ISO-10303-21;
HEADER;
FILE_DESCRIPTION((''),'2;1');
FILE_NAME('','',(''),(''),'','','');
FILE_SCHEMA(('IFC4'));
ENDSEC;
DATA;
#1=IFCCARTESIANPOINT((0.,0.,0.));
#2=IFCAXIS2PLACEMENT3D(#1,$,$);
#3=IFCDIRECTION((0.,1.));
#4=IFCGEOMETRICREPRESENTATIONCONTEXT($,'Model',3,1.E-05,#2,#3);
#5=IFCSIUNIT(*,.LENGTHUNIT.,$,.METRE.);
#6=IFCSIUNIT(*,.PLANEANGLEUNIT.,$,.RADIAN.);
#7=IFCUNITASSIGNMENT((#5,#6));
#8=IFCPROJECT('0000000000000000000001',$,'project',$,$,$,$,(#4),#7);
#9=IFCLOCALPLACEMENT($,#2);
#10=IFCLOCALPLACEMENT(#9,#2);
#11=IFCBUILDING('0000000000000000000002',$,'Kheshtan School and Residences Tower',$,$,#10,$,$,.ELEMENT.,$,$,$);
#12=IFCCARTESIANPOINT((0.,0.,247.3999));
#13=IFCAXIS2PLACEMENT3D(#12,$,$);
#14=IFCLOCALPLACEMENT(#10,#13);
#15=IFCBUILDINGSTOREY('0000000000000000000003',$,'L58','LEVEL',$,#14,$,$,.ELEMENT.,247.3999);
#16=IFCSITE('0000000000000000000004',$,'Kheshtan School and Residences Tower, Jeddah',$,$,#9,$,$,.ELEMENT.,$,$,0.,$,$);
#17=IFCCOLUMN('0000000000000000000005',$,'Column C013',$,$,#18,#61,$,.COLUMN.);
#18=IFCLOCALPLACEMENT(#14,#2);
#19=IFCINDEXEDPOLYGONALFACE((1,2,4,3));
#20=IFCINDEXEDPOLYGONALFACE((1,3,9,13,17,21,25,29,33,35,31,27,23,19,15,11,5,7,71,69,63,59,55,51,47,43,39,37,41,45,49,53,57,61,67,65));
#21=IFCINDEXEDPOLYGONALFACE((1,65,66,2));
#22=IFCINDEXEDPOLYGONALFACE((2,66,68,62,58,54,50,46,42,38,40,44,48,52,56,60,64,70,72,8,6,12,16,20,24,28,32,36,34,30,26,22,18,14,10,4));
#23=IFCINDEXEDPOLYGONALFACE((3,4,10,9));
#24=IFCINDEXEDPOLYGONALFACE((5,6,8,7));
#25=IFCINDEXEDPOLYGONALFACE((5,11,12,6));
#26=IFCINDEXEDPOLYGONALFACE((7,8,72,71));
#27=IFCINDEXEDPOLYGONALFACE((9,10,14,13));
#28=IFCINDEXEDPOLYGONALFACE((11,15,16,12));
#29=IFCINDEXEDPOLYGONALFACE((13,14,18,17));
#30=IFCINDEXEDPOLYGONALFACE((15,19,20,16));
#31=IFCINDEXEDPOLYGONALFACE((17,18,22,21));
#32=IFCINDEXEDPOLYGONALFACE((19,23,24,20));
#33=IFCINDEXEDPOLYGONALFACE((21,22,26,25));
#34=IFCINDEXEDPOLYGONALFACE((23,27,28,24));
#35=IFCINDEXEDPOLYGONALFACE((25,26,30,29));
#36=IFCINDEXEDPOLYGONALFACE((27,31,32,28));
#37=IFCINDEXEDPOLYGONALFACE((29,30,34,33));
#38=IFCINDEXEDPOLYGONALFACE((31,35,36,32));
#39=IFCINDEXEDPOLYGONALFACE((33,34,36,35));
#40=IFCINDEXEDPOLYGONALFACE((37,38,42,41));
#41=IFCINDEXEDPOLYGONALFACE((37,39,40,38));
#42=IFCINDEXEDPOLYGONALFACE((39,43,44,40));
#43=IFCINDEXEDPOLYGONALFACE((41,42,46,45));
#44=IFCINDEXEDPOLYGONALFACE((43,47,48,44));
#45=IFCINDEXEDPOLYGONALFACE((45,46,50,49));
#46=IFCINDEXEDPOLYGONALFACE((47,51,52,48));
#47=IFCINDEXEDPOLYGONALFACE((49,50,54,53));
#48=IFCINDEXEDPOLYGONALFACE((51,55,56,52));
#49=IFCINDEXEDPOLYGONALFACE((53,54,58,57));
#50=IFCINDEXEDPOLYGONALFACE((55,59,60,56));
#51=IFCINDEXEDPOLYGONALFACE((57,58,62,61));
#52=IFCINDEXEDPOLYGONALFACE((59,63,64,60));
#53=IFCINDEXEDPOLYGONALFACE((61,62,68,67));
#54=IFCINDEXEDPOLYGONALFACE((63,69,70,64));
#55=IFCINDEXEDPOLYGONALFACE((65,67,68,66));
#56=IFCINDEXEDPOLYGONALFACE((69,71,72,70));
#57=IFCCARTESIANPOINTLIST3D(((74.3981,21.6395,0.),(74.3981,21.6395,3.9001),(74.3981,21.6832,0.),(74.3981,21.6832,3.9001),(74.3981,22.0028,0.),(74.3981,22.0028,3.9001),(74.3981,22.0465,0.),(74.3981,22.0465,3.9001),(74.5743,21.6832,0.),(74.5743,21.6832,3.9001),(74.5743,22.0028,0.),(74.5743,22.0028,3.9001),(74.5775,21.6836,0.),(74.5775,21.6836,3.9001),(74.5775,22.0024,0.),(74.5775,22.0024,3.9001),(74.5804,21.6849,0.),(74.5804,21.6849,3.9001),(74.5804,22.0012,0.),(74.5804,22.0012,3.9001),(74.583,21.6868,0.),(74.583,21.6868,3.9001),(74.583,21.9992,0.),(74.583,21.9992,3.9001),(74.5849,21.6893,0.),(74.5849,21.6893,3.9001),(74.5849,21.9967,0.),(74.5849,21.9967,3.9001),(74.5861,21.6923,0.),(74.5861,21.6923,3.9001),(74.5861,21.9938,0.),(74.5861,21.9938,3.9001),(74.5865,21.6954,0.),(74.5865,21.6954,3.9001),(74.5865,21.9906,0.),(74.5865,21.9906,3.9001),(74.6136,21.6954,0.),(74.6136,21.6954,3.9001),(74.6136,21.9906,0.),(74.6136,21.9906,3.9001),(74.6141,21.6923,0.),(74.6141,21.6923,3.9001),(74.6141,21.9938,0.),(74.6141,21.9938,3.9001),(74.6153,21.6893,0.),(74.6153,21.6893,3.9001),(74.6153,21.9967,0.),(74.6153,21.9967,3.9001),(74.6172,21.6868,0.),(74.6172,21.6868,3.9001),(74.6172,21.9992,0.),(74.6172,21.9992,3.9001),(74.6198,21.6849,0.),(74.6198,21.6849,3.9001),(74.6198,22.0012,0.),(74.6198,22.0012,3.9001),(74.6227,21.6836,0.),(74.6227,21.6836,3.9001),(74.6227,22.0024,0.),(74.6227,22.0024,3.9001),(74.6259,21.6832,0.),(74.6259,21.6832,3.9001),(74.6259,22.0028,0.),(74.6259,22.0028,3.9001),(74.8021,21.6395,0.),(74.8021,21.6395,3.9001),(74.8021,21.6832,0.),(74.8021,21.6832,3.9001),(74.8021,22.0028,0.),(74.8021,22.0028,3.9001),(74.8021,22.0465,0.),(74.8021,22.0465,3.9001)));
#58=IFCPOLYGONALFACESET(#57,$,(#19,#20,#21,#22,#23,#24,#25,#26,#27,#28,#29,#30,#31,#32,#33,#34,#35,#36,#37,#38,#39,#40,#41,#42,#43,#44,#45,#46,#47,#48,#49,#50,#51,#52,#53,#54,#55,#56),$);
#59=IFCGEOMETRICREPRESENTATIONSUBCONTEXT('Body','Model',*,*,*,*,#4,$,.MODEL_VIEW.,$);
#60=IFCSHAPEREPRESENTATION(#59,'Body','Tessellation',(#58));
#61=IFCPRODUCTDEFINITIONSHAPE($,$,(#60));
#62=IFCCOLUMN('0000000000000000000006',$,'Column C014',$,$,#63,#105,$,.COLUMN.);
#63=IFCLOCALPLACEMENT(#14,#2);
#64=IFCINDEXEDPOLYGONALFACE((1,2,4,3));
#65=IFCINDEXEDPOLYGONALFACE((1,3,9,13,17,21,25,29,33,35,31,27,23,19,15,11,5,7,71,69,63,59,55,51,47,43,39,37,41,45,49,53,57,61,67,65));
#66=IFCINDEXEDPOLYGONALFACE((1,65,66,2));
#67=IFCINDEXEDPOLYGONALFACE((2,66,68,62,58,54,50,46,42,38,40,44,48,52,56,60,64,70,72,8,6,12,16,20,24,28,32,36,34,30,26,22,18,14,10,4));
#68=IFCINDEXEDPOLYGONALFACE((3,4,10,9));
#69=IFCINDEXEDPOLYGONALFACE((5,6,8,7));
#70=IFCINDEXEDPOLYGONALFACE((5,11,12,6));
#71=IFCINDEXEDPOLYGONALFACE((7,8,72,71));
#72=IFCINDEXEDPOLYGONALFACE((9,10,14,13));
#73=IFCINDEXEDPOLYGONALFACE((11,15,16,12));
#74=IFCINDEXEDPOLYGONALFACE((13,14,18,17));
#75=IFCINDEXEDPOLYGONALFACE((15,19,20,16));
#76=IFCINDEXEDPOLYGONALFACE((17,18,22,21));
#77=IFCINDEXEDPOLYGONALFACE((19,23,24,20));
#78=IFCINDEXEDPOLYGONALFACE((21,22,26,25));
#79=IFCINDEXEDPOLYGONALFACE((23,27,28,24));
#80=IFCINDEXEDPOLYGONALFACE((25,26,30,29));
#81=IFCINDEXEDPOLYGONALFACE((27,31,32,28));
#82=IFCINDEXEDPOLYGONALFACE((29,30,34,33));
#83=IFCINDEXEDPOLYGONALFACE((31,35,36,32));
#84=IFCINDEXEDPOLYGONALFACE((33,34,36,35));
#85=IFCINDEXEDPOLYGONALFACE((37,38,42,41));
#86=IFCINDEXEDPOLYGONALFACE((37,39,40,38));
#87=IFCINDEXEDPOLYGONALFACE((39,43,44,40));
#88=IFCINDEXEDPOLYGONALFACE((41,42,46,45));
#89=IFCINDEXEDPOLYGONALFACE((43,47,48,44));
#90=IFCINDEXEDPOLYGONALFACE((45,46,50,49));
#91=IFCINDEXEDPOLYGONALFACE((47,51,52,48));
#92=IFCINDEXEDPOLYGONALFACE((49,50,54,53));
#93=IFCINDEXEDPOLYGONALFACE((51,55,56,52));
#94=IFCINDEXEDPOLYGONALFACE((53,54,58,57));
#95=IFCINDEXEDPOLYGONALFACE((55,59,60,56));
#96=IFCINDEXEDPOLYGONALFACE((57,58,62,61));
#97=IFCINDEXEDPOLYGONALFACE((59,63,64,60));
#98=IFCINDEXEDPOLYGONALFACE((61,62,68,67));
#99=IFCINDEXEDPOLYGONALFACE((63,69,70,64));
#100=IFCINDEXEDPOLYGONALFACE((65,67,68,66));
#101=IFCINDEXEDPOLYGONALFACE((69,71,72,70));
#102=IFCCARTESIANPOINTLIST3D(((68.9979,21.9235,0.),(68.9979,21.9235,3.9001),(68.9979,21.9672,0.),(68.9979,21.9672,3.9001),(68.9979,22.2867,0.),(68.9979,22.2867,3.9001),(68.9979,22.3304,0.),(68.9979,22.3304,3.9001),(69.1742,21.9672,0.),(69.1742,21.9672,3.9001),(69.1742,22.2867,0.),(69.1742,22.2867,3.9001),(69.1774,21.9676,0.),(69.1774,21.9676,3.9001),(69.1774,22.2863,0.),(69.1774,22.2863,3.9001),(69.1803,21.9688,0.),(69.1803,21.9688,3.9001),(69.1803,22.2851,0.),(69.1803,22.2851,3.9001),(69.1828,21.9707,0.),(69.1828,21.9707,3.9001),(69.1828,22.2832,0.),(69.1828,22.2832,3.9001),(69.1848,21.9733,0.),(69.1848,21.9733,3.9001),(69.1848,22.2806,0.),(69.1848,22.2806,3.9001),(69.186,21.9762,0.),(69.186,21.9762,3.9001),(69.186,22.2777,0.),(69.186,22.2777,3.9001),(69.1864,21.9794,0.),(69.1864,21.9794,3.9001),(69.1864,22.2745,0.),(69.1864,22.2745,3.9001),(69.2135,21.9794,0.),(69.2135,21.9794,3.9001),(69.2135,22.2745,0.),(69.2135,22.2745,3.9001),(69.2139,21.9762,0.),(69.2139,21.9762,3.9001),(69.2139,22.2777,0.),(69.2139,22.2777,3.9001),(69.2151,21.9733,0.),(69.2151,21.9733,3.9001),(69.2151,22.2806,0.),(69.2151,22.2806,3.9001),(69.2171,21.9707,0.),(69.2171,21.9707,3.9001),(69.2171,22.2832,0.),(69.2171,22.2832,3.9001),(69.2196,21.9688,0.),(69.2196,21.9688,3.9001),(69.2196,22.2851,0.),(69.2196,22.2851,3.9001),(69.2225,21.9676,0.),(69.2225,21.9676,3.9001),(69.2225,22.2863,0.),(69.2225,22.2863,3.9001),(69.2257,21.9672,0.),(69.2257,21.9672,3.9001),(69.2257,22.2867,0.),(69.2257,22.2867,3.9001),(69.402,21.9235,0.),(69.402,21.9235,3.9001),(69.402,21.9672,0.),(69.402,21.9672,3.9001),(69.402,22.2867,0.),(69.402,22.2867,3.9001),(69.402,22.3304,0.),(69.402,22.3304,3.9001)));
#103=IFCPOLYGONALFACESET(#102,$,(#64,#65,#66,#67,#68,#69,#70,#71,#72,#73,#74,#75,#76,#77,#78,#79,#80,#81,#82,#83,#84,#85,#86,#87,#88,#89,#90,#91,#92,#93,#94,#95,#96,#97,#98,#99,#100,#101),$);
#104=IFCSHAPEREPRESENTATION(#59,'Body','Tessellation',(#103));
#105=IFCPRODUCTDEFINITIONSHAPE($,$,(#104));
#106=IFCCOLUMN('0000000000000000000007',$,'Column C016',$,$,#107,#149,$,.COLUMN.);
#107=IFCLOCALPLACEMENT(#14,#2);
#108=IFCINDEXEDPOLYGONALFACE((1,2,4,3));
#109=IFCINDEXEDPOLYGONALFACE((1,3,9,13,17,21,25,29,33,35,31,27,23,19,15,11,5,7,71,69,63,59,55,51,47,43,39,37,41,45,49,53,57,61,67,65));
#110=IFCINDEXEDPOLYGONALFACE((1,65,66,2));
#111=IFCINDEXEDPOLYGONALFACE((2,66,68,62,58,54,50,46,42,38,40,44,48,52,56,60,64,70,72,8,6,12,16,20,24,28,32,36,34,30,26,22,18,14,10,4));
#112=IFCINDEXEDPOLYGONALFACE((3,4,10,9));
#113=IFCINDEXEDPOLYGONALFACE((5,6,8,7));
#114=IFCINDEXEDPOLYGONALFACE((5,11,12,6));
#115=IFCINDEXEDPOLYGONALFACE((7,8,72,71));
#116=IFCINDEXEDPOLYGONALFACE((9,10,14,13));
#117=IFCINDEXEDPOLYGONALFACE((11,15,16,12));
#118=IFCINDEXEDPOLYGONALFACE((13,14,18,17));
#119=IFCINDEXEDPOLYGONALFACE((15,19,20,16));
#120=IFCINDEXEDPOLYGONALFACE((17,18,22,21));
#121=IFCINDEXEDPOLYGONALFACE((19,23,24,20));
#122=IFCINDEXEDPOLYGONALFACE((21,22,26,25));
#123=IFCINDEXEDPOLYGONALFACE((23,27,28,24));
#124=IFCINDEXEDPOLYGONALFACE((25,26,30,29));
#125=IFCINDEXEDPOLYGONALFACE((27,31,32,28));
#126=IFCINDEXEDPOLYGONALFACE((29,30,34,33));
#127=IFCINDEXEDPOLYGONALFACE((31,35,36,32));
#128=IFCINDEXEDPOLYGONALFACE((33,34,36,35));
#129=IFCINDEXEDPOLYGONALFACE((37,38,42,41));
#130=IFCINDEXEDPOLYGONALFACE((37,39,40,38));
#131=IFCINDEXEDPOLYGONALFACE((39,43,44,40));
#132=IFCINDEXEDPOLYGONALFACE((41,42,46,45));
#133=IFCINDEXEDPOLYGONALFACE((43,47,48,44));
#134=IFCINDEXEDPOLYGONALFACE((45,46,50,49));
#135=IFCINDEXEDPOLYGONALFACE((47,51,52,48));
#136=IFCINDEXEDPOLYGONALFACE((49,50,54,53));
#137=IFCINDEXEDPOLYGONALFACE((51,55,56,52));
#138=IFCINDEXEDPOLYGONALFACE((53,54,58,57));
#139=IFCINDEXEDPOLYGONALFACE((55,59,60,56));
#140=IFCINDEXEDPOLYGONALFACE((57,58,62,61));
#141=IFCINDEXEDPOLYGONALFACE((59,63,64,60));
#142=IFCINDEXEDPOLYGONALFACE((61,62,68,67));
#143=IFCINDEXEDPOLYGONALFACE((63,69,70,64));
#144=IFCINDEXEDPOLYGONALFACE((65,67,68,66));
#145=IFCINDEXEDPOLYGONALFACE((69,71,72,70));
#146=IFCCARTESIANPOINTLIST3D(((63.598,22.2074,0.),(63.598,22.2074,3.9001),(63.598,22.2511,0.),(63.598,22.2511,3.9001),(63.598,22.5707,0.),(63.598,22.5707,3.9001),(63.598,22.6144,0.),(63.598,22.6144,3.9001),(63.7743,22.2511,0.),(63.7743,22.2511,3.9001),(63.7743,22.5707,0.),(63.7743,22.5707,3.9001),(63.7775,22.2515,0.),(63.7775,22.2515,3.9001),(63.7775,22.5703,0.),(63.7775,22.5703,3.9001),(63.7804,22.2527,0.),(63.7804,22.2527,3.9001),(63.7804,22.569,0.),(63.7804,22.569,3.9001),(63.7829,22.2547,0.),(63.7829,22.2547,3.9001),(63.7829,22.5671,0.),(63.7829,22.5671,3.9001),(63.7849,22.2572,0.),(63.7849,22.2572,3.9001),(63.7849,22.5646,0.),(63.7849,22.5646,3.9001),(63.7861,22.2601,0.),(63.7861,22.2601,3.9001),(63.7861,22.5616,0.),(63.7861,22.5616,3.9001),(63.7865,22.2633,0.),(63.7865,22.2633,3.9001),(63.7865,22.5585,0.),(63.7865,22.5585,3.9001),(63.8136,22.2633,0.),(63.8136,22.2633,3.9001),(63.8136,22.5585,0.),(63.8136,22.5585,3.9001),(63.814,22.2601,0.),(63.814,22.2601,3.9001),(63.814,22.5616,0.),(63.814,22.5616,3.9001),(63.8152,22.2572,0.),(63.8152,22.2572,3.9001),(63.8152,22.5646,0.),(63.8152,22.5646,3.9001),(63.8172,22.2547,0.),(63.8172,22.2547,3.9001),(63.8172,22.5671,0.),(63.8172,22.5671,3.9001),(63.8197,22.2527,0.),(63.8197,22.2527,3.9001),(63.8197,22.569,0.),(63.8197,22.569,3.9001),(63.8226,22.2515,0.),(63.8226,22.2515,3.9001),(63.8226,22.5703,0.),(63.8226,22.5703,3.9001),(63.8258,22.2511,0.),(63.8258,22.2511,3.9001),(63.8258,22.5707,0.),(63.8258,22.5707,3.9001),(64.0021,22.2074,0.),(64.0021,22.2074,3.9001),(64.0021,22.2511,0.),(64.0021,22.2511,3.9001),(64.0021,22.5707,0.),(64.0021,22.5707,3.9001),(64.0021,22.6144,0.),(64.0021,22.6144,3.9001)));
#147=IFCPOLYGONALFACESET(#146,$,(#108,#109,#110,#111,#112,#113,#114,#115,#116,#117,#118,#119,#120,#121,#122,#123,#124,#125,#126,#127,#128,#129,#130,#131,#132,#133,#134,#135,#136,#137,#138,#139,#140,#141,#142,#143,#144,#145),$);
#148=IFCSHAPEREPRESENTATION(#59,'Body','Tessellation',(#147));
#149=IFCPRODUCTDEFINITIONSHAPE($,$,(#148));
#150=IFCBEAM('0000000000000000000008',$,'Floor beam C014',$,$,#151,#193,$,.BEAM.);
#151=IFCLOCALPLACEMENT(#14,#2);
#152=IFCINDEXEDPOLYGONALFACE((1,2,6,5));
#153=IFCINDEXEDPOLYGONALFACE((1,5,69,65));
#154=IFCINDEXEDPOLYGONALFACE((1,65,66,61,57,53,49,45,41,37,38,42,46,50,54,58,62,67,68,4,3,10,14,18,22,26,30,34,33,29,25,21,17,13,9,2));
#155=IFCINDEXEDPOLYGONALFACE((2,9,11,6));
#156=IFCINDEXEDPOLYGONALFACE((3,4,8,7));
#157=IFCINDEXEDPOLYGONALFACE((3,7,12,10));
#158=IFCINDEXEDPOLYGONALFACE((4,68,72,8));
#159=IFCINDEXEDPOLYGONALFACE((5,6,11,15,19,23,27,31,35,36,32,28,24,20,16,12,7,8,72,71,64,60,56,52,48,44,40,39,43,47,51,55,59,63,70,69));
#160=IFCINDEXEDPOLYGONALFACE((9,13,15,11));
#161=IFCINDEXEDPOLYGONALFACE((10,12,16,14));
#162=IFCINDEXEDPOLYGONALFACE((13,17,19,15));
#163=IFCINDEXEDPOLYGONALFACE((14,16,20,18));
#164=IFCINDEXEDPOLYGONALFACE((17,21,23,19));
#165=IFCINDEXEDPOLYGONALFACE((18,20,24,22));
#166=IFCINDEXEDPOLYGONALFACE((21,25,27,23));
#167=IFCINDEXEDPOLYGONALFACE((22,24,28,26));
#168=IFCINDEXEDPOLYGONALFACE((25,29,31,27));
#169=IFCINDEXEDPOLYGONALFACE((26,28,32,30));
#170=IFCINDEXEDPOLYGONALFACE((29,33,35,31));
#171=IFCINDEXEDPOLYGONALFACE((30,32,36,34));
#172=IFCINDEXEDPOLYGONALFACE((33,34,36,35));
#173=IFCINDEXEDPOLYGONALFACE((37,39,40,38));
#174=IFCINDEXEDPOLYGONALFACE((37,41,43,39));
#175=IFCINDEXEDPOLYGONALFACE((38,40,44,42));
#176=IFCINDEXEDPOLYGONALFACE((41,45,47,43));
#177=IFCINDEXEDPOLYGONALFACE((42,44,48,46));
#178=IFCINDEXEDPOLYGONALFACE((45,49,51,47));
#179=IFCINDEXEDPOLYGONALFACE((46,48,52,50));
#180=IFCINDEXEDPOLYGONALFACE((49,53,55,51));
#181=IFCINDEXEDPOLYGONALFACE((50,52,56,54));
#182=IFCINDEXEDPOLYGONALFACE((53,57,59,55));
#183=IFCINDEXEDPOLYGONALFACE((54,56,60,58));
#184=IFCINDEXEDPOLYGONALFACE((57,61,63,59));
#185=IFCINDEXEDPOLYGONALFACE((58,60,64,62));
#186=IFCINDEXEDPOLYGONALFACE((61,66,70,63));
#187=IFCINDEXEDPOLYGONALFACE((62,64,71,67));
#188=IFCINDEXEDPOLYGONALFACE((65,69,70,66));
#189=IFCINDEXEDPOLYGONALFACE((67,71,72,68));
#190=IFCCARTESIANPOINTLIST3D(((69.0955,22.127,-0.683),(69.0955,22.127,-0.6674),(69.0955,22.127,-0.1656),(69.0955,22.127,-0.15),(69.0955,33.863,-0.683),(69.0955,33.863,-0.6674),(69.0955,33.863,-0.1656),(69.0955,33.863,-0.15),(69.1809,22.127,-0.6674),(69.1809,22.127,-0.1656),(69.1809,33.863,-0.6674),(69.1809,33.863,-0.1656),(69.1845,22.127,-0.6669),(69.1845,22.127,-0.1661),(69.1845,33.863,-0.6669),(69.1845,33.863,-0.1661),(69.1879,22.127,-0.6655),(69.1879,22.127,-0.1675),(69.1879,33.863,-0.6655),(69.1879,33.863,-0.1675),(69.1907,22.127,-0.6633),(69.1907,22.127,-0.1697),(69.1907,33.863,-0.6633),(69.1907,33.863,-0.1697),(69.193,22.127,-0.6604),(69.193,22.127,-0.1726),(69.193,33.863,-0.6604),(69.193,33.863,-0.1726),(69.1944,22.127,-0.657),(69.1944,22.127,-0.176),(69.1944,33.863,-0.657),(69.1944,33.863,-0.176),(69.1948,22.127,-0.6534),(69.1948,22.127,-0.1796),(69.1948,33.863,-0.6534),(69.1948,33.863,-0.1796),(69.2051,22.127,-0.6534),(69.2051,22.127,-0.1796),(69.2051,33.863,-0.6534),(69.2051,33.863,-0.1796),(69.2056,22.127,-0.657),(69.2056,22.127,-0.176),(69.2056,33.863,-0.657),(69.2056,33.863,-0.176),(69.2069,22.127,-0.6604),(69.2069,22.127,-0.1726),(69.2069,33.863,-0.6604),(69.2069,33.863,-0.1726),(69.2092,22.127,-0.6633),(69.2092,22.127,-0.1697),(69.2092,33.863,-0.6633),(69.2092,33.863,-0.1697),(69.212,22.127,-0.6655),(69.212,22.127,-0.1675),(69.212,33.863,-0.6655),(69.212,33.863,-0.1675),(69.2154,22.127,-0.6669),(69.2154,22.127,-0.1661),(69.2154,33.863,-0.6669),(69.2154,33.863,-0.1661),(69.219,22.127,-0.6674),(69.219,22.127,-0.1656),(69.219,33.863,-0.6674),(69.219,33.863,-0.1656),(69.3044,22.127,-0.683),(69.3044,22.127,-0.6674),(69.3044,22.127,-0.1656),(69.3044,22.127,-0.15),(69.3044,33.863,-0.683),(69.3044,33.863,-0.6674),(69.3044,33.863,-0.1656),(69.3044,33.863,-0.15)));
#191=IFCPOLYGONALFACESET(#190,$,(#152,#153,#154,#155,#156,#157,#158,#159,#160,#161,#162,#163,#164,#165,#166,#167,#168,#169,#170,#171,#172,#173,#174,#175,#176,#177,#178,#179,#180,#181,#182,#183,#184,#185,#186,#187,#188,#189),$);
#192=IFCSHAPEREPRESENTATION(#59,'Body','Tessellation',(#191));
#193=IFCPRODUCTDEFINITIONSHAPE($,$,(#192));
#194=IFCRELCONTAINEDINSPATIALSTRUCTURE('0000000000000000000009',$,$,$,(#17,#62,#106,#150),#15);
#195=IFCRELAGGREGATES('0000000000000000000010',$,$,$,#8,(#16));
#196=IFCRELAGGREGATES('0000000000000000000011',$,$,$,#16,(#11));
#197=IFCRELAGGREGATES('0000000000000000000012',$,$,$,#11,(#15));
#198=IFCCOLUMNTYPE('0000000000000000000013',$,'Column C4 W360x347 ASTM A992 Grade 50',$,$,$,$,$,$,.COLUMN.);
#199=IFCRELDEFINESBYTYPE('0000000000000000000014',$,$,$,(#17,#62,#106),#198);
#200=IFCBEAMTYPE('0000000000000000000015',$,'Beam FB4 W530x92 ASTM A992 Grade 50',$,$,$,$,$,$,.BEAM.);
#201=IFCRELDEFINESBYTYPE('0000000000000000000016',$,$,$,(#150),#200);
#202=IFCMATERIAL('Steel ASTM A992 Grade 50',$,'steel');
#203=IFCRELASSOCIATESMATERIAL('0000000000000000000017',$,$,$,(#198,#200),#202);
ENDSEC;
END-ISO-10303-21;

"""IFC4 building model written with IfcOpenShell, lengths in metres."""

from ifc_helpers import new_model, si_unit, direction, frame, origin, origin_2d, place, context, subcontext, project, spatial, i_section, extrude, material, material_profile, profile_set, type_object, element, save


model = new_model("IFC4")

# Units and contexts
model_context = context("Model", 3, precision=1e-05, world=origin(), true_north=direction((0.0, 1.0)))
body_context = subcontext(model_context, "Body", "Model", "MODEL_VIEW")
ifc_project = project(units=[si_unit("LENGTHUNIT", "METRE"), si_unit("PLANEANGLEUNIT", "RADIAN")], contexts=[model_context])

# Site, building, storey
site_placement = place(None, origin())
site = spatial("IfcSite", under=ifc_project, at=site_placement, Name="Kheshtan School and Residences Tower, Jeddah", CompositionType="ELEMENT", RefElevation=0.0)
building_placement = place(site_placement, origin())
building = spatial("IfcBuilding", under=site, at=building_placement, Name="Kheshtan School and Residences Tower", CompositionType="ELEMENT")
storey_placement = place(building_placement, frame((0.0, 0.0, 247.3999)))
storey = spatial("IfcBuildingStorey", under=building, at=storey_placement, Name="L58", Description="LEVEL", CompositionType="ELEMENT", Elevation=247.3999)

# Columns
ifc_material_1 = material(Name="Steel ASTM A992 Grade 50", Category="steel")
ifc_material_profile_1 = material_profile(ifc_material_1, i_section(OverallWidth=0.4041, OverallDepth=0.407, WebThickness=0.0271, FlangeThickness=0.0437, FilletRadius=0.0122, at=origin_2d()), Name="W360x347")
ifc_profile_set_1 = profile_set([ifc_material_profile_1], Name="Steel ASTM A992 Grade 50")
column_type = type_object("IfcColumnType", Name="Column C4 W360x347 ASTM A992 Grade 50", PredefinedType="COLUMN", material=ifc_profile_set_1)
for number, where, z_axis, x_axis, name in (
    (1, (74.6001, 21.843, 0.0), (0.0, 0.0, 1.0), (1.0, 0.0, 0.0), "Column C013"),
    (2, (69.2, 22.127, 0.0), (0.0, 0.0, 1.0), (1.0, 0.0, 0.0), "Column C014"),
    (3, (63.8, 22.4109, 0.0), (0.0, 0.0, 1.0), (1.0, 0.0, 0.0), "Column C016"),
):
    element("IfcColumn", number, at=place(storey_placement, frame(where, z_axis=z_axis, x_axis=x_axis)), inside=storey, type_object=column_type, Name=name, PredefinedType="COLUMN", context=body_context, shape_type="SweptSolid", body=[
        extrude(i_section(OverallWidth=0.4041, OverallDepth=0.407, WebThickness=0.0271, FlangeThickness=0.0437, FilletRadius=0.0122, at=origin_2d()), origin(), (0.0, 0.0, 1.0), 3.9001),
    ])

# Beam
ifc_material_profile_2 = material_profile(ifc_material_1, i_section(OverallWidth=0.209, OverallDepth=0.533, WebThickness=0.0103, FlangeThickness=0.0156, FilletRadius=0.0139, at=origin_2d()), Name="W530x92")
ifc_profile_set_2 = profile_set([ifc_material_profile_2], Name="Steel ASTM A992 Grade 50")
beam_type_1 = type_object("IfcBeamType", Name="Beam FB4 W530x92 ASTM A992 Grade 50", PredefinedType="BEAM", material=ifc_profile_set_2)
beam_1_placement = place(storey_placement, frame((69.2, 22.127, -0.4165), z_axis=(0.0, 1.0, 0.0), x_axis=(-1.0, 0.0, 0.0)))
element("IfcBeam", 4, at=beam_1_placement, inside=storey, type_object=beam_type_1, Name="Floor beam C014", PredefinedType="BEAM", context=body_context, shape_type="SweptSolid", body=[
    extrude(i_section(OverallWidth=0.209, OverallDepth=0.533, WebThickness=0.0103, FlangeThickness=0.0156, FilletRadius=0.0139, at=origin_2d()), origin(), (0.0, 0.0, 1.0), 11.7361),
])

save(model, "model.ifc")
